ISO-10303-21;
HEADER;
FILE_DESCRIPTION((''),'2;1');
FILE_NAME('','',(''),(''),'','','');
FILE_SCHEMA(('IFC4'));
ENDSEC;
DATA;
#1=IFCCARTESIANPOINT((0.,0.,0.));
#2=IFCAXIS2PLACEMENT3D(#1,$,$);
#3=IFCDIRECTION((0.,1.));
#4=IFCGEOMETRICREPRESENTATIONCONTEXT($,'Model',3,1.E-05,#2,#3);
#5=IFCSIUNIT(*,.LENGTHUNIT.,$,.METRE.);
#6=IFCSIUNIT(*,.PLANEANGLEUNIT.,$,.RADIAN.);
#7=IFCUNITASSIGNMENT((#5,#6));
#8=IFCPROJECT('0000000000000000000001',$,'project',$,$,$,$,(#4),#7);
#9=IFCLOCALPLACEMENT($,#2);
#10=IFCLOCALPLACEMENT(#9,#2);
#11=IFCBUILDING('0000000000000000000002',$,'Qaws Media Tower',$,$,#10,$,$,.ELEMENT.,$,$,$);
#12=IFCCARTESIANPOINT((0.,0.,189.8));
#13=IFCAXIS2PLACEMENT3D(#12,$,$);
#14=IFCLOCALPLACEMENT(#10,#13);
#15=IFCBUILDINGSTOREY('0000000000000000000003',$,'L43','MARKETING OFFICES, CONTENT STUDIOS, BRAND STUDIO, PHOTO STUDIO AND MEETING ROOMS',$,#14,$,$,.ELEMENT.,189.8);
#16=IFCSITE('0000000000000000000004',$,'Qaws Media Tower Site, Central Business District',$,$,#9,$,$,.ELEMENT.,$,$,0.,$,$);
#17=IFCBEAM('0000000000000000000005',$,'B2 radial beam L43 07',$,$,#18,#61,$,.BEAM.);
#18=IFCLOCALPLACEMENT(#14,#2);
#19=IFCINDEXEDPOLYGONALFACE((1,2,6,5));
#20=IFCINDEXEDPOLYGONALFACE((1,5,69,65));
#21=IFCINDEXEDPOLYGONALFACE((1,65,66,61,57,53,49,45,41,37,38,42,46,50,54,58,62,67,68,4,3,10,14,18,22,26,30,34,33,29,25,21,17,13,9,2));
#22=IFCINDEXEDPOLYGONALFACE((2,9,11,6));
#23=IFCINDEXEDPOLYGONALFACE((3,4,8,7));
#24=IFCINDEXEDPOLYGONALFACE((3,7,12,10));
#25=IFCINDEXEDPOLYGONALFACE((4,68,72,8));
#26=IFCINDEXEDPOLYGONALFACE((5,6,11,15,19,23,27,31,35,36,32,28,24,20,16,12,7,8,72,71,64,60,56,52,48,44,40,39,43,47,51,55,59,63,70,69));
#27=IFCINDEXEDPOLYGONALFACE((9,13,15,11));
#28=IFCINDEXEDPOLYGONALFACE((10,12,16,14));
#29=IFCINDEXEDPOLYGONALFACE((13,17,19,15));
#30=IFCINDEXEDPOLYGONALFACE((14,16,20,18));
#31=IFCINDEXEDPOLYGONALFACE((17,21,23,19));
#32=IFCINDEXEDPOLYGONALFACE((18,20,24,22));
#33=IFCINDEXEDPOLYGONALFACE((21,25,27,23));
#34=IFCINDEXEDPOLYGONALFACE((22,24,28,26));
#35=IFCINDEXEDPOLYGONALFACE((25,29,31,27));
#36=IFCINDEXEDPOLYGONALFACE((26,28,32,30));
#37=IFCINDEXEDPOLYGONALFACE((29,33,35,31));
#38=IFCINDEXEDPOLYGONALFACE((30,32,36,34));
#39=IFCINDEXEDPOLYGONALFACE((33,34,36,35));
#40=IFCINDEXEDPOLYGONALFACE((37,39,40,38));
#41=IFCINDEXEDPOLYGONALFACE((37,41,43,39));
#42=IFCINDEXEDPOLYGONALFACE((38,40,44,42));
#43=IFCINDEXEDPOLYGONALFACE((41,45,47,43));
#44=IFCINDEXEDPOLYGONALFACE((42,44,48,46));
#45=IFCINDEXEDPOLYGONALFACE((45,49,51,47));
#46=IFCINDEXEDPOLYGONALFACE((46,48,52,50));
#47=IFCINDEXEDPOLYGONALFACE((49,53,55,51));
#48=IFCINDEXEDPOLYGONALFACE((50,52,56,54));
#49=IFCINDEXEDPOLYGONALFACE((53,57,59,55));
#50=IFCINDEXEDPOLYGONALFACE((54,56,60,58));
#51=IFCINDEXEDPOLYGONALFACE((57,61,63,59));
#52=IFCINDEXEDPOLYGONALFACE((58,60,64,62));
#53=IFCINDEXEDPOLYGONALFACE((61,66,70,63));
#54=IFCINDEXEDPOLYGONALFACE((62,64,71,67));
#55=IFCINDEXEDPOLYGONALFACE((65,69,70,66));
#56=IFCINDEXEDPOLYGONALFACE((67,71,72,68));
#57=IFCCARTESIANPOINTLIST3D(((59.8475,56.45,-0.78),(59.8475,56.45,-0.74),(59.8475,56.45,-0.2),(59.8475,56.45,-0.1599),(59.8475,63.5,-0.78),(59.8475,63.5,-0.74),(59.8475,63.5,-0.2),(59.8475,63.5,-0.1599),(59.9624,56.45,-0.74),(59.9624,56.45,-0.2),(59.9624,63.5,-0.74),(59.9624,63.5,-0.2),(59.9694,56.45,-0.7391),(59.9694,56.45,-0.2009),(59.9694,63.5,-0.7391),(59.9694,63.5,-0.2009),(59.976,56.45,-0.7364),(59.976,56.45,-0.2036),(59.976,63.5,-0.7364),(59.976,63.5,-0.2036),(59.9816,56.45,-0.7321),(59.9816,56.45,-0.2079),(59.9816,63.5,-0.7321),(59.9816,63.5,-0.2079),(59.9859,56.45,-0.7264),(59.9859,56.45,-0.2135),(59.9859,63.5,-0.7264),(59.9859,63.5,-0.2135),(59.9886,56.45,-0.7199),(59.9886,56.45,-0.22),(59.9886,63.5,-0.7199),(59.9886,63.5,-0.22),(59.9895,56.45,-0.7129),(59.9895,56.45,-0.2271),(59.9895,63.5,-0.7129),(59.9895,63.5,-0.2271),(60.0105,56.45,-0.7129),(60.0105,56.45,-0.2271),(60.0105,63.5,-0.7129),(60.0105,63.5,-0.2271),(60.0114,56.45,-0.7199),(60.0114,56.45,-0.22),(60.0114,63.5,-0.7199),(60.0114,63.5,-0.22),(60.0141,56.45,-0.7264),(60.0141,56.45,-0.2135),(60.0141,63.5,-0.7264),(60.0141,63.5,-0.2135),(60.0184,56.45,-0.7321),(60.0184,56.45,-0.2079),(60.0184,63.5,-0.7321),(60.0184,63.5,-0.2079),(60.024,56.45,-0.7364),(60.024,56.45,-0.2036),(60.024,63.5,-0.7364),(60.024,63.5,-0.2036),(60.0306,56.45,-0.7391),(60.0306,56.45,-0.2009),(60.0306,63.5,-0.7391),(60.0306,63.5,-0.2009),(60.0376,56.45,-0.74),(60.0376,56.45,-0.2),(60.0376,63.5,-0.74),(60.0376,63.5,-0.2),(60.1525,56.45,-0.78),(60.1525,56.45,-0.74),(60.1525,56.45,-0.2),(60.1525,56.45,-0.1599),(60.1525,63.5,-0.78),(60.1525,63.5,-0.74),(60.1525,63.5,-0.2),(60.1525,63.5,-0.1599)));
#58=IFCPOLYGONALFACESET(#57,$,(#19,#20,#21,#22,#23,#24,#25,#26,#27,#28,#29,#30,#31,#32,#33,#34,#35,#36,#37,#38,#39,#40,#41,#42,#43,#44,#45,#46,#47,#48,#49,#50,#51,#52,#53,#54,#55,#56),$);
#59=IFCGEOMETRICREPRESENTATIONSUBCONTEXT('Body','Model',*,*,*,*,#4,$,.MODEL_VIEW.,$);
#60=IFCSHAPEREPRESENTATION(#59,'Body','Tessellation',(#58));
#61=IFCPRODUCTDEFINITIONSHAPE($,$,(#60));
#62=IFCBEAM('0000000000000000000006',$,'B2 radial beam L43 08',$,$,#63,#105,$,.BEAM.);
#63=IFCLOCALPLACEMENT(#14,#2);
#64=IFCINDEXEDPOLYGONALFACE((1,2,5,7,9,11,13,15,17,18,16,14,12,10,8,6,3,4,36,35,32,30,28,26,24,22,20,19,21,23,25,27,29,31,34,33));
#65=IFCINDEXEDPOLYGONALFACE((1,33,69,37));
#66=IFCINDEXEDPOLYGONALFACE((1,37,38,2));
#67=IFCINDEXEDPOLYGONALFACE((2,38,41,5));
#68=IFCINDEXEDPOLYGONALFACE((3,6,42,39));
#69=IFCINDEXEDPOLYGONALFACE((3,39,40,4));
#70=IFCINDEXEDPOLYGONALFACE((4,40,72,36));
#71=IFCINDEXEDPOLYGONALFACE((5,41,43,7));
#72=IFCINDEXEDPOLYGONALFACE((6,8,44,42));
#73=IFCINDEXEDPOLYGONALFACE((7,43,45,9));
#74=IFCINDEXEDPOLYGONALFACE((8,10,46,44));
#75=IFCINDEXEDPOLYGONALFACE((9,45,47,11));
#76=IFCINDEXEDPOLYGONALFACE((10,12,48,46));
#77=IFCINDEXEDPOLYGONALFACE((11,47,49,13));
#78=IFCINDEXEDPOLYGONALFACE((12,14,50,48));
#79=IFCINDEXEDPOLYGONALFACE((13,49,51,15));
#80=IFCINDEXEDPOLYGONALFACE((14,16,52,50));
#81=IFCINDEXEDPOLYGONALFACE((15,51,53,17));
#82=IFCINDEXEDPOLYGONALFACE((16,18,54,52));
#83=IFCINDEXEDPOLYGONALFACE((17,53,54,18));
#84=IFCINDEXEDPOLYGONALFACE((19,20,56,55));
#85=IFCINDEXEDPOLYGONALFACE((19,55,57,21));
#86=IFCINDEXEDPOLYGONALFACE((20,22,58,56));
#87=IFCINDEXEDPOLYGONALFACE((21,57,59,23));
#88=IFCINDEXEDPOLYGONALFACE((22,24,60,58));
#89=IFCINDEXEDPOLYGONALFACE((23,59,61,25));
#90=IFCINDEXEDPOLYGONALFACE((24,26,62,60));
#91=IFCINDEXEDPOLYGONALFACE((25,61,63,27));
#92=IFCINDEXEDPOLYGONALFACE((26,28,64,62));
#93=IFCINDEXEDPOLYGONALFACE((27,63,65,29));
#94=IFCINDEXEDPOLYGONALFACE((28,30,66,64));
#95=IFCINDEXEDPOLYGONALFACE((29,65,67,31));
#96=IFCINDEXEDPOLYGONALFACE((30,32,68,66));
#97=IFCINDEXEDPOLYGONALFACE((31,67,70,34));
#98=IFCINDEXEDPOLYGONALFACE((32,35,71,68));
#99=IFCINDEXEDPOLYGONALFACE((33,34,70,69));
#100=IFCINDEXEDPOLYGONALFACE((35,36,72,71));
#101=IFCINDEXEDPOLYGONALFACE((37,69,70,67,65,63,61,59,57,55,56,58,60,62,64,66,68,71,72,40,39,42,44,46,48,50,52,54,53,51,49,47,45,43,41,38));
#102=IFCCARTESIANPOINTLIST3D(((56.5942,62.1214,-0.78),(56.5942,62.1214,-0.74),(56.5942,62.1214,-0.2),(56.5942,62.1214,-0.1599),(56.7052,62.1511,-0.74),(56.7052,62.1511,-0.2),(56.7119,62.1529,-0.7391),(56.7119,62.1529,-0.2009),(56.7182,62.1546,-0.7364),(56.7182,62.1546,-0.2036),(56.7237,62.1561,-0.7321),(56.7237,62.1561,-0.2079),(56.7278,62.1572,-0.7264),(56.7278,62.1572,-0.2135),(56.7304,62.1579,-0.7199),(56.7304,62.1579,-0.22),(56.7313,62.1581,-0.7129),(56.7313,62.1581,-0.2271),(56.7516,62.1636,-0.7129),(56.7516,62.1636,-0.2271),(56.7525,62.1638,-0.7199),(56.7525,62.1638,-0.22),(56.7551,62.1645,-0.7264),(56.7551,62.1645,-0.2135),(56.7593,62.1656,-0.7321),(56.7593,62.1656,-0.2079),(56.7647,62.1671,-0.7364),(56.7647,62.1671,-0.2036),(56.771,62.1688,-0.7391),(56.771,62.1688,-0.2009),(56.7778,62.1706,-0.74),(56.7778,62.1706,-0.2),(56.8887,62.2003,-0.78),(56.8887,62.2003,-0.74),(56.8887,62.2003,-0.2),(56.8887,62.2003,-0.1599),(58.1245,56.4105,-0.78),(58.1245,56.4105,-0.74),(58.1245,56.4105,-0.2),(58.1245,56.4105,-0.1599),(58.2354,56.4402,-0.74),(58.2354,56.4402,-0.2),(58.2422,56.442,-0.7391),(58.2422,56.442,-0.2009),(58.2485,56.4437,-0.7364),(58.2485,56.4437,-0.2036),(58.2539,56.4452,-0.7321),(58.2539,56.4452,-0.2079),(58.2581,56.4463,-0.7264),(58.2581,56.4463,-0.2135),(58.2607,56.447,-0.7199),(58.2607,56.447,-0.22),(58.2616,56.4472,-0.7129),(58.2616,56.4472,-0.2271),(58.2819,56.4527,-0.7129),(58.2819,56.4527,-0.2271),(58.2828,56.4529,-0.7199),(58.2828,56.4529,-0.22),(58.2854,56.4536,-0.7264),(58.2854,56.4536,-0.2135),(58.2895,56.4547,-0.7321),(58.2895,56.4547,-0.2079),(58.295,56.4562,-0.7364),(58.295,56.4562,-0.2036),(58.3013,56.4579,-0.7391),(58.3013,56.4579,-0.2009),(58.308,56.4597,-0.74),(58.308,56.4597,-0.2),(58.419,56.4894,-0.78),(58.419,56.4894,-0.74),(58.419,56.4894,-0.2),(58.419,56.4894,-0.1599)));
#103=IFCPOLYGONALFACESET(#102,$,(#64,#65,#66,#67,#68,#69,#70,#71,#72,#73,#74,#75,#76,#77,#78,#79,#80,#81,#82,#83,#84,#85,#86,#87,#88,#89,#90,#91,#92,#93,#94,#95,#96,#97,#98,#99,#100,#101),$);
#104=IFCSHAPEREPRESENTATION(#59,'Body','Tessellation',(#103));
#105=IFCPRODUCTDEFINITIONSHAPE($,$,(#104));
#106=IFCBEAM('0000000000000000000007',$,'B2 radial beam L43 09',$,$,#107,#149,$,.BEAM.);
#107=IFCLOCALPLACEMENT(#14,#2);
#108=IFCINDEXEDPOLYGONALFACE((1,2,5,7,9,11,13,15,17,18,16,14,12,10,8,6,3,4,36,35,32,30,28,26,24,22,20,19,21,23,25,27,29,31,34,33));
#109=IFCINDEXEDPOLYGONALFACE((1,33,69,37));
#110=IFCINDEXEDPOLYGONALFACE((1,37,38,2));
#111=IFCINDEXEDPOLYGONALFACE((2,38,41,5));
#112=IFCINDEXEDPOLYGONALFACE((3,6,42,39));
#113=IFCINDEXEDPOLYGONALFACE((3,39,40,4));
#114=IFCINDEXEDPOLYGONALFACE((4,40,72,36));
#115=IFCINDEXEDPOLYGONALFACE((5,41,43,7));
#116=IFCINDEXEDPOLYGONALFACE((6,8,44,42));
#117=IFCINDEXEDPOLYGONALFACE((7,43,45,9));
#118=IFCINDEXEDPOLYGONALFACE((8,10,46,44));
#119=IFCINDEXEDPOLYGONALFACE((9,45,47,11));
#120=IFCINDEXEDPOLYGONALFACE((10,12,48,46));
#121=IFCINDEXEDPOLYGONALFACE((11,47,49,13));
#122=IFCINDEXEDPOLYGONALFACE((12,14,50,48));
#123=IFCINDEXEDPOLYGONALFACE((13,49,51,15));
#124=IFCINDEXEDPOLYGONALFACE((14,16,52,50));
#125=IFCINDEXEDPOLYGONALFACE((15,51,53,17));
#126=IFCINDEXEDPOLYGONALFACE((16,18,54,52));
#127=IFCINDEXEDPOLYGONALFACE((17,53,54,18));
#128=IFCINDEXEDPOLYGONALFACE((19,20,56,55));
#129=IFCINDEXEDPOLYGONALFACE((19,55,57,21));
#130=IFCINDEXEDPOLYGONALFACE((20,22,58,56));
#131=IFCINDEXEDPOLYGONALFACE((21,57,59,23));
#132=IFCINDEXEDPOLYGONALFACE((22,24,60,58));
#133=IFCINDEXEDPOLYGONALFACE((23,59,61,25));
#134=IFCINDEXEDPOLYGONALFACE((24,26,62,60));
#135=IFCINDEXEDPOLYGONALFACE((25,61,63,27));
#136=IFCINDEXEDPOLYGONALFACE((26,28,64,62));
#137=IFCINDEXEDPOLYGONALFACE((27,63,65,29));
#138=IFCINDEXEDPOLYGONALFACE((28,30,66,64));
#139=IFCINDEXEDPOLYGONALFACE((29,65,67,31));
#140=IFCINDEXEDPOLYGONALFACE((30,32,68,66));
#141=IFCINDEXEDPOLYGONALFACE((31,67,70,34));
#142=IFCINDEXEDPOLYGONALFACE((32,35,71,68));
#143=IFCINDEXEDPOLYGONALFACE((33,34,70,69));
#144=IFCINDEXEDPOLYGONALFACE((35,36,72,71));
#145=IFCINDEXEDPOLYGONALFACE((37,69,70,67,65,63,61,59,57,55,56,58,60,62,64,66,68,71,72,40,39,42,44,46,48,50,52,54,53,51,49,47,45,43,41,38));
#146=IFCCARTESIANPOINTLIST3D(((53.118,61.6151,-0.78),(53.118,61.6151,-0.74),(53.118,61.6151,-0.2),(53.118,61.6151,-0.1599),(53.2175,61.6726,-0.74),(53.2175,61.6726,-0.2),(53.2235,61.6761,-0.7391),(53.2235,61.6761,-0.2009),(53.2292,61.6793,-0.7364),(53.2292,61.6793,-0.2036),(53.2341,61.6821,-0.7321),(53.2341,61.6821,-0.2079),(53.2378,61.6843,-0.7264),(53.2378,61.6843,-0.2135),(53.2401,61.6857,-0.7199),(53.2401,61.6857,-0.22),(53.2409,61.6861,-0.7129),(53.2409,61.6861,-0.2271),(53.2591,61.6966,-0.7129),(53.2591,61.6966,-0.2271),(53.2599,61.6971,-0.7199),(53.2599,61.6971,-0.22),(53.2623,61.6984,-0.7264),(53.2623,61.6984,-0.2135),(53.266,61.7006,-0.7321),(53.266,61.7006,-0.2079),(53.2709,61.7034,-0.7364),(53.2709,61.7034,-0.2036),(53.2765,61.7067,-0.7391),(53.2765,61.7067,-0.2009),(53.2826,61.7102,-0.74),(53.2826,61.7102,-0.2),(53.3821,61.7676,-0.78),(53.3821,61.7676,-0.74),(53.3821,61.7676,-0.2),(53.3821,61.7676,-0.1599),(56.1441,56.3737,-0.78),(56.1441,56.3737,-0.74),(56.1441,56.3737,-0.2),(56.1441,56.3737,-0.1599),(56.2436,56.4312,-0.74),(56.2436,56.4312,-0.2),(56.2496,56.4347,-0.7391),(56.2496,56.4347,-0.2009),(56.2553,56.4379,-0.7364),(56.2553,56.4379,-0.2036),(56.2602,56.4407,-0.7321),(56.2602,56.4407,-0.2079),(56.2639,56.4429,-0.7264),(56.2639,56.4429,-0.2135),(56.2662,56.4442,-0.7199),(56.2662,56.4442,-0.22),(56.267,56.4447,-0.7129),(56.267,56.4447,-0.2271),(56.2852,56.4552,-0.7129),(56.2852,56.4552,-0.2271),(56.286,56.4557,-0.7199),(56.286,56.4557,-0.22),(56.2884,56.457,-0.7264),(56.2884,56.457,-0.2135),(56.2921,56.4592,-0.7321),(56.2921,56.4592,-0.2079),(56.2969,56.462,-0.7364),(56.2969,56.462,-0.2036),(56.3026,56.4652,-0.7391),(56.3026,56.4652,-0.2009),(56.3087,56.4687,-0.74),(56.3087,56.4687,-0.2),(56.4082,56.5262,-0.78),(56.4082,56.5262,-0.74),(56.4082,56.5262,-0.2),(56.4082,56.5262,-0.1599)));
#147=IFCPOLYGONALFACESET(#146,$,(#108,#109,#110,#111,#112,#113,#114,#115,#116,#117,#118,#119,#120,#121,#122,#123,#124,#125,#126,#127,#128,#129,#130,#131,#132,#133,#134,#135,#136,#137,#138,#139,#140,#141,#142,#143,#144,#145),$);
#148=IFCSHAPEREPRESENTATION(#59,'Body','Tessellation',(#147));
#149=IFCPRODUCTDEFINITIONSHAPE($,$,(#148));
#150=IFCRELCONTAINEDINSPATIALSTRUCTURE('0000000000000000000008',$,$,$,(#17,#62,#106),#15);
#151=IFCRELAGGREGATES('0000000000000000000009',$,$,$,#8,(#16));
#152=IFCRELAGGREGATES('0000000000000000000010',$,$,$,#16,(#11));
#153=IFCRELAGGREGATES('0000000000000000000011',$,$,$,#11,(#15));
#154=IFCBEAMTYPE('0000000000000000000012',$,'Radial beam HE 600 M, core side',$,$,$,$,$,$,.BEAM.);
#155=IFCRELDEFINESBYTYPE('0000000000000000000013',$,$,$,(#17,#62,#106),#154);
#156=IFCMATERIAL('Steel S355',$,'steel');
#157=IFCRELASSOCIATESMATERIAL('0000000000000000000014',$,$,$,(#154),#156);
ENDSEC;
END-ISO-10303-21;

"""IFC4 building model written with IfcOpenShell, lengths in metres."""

from ifc_helpers import new_model, si_unit, direction, frame, origin, origin_2d, place, context, subcontext, project, spatial, i_section, extrude, material, material_profile, profile_set, type_object, element, save


model = new_model("IFC4")

# Units and contexts
model_context = context("Model", 3, precision=1e-05, world=origin(), true_north=direction((0.0, 1.0)))
body_context = subcontext(model_context, "Body", "Model", "MODEL_VIEW")
ifc_project = project(units=[si_unit("LENGTHUNIT", "METRE"), si_unit("PLANEANGLEUNIT", "RADIAN")], contexts=[model_context])

# Site, building, storey
site_placement = place(None, origin())
site = spatial("IfcSite", under=ifc_project, at=site_placement, Name="Qaws Media Tower Site, Central Business District", CompositionType="ELEMENT", RefElevation=0.0)
building_placement = place(site_placement, origin())
building = spatial("IfcBuilding", under=site, at=building_placement, Name="Qaws Media Tower", CompositionType="ELEMENT")
storey_placement = place(building_placement, frame((0.0, 0.0, 189.8)))
storey = spatial("IfcBuildingStorey", under=building, at=storey_placement, Name="L43", Description="MARKETING OFFICES, CONTENT STUDIOS, BRAND STUDIO, PHOTO STUDIO AND MEETING ROOMS", CompositionType="ELEMENT", Elevation=189.8)

# Beams
ifc_material_1 = material(Name="Steel S355", Category="steel")
ifc_material_profile_1 = material_profile(ifc_material_1, i_section(OverallWidth=0.3049, OverallDepth=0.6201, WebThickness=0.021, FlangeThickness=0.04, FilletRadius=0.0271, at=origin_2d()), Name="HE 600 M")
ifc_profile_set_1 = profile_set([ifc_material_profile_1], Name="Steel S355")
beam_type_1 = type_object("IfcBeamType", Name="Radial beam HE 600 M, core side", PredefinedType="BEAM", material=ifc_profile_set_1)
beam_1_placement = place(storey_placement, frame((60.0, 56.45, -0.47), z_axis=(0.0, 1.0, 0.0), x_axis=(-1.0, 0.0, 0.0)))
element("IfcBeam", 1, at=beam_1_placement, inside=storey, type_object=beam_type_1, Name="B2 radial beam L43 07", PredefinedType="BEAM", context=body_context, shape_type="SweptSolid", body=[
    extrude(i_section(OverallWidth=0.3049, OverallDepth=0.6201, WebThickness=0.021, FlangeThickness=0.04, FilletRadius=0.0271, at=origin_2d()), origin(), (0.0, 0.0, 1.0), 7.05),
])
beam_2_placement = place(storey_placement, frame((58.2717, 56.45, -0.47), z_axis=(-0.258824, 0.965924, 0.0), x_axis=(-0.965924, -0.258824, 0.0)))
element("IfcBeam", 2, at=beam_2_placement, inside=storey, type_object=beam_type_1, Name="B2 radial beam L43 08", PredefinedType="BEAM", context=body_context, shape_type="SweptSolid", body=[
    extrude(i_section(OverallWidth=0.3049, OverallDepth=0.6201, WebThickness=0.021, FlangeThickness=0.04, FilletRadius=0.0271, at=origin_2d()), origin(), (0.0, 0.0, 1.0), 5.9124),
])
beam_3_placement = place(storey_placement, frame((56.2761, 56.45, -0.47), z_axis=(-0.499996, 0.866028, 0.0), x_axis=(-0.866028, -0.499996, 0.0)))
element("IfcBeam", 3, at=beam_3_placement, inside=storey, type_object=beam_type_1, Name="B2 radial beam L43 09", PredefinedType="BEAM", context=body_context, shape_type="SweptSolid", body=[
    extrude(i_section(OverallWidth=0.3049, OverallDepth=0.6201, WebThickness=0.021, FlangeThickness=0.04, FilletRadius=0.0271, at=origin_2d()), origin(), (0.0, 0.0, 1.0), 6.0522),
])

save(model, "model.ifc")
